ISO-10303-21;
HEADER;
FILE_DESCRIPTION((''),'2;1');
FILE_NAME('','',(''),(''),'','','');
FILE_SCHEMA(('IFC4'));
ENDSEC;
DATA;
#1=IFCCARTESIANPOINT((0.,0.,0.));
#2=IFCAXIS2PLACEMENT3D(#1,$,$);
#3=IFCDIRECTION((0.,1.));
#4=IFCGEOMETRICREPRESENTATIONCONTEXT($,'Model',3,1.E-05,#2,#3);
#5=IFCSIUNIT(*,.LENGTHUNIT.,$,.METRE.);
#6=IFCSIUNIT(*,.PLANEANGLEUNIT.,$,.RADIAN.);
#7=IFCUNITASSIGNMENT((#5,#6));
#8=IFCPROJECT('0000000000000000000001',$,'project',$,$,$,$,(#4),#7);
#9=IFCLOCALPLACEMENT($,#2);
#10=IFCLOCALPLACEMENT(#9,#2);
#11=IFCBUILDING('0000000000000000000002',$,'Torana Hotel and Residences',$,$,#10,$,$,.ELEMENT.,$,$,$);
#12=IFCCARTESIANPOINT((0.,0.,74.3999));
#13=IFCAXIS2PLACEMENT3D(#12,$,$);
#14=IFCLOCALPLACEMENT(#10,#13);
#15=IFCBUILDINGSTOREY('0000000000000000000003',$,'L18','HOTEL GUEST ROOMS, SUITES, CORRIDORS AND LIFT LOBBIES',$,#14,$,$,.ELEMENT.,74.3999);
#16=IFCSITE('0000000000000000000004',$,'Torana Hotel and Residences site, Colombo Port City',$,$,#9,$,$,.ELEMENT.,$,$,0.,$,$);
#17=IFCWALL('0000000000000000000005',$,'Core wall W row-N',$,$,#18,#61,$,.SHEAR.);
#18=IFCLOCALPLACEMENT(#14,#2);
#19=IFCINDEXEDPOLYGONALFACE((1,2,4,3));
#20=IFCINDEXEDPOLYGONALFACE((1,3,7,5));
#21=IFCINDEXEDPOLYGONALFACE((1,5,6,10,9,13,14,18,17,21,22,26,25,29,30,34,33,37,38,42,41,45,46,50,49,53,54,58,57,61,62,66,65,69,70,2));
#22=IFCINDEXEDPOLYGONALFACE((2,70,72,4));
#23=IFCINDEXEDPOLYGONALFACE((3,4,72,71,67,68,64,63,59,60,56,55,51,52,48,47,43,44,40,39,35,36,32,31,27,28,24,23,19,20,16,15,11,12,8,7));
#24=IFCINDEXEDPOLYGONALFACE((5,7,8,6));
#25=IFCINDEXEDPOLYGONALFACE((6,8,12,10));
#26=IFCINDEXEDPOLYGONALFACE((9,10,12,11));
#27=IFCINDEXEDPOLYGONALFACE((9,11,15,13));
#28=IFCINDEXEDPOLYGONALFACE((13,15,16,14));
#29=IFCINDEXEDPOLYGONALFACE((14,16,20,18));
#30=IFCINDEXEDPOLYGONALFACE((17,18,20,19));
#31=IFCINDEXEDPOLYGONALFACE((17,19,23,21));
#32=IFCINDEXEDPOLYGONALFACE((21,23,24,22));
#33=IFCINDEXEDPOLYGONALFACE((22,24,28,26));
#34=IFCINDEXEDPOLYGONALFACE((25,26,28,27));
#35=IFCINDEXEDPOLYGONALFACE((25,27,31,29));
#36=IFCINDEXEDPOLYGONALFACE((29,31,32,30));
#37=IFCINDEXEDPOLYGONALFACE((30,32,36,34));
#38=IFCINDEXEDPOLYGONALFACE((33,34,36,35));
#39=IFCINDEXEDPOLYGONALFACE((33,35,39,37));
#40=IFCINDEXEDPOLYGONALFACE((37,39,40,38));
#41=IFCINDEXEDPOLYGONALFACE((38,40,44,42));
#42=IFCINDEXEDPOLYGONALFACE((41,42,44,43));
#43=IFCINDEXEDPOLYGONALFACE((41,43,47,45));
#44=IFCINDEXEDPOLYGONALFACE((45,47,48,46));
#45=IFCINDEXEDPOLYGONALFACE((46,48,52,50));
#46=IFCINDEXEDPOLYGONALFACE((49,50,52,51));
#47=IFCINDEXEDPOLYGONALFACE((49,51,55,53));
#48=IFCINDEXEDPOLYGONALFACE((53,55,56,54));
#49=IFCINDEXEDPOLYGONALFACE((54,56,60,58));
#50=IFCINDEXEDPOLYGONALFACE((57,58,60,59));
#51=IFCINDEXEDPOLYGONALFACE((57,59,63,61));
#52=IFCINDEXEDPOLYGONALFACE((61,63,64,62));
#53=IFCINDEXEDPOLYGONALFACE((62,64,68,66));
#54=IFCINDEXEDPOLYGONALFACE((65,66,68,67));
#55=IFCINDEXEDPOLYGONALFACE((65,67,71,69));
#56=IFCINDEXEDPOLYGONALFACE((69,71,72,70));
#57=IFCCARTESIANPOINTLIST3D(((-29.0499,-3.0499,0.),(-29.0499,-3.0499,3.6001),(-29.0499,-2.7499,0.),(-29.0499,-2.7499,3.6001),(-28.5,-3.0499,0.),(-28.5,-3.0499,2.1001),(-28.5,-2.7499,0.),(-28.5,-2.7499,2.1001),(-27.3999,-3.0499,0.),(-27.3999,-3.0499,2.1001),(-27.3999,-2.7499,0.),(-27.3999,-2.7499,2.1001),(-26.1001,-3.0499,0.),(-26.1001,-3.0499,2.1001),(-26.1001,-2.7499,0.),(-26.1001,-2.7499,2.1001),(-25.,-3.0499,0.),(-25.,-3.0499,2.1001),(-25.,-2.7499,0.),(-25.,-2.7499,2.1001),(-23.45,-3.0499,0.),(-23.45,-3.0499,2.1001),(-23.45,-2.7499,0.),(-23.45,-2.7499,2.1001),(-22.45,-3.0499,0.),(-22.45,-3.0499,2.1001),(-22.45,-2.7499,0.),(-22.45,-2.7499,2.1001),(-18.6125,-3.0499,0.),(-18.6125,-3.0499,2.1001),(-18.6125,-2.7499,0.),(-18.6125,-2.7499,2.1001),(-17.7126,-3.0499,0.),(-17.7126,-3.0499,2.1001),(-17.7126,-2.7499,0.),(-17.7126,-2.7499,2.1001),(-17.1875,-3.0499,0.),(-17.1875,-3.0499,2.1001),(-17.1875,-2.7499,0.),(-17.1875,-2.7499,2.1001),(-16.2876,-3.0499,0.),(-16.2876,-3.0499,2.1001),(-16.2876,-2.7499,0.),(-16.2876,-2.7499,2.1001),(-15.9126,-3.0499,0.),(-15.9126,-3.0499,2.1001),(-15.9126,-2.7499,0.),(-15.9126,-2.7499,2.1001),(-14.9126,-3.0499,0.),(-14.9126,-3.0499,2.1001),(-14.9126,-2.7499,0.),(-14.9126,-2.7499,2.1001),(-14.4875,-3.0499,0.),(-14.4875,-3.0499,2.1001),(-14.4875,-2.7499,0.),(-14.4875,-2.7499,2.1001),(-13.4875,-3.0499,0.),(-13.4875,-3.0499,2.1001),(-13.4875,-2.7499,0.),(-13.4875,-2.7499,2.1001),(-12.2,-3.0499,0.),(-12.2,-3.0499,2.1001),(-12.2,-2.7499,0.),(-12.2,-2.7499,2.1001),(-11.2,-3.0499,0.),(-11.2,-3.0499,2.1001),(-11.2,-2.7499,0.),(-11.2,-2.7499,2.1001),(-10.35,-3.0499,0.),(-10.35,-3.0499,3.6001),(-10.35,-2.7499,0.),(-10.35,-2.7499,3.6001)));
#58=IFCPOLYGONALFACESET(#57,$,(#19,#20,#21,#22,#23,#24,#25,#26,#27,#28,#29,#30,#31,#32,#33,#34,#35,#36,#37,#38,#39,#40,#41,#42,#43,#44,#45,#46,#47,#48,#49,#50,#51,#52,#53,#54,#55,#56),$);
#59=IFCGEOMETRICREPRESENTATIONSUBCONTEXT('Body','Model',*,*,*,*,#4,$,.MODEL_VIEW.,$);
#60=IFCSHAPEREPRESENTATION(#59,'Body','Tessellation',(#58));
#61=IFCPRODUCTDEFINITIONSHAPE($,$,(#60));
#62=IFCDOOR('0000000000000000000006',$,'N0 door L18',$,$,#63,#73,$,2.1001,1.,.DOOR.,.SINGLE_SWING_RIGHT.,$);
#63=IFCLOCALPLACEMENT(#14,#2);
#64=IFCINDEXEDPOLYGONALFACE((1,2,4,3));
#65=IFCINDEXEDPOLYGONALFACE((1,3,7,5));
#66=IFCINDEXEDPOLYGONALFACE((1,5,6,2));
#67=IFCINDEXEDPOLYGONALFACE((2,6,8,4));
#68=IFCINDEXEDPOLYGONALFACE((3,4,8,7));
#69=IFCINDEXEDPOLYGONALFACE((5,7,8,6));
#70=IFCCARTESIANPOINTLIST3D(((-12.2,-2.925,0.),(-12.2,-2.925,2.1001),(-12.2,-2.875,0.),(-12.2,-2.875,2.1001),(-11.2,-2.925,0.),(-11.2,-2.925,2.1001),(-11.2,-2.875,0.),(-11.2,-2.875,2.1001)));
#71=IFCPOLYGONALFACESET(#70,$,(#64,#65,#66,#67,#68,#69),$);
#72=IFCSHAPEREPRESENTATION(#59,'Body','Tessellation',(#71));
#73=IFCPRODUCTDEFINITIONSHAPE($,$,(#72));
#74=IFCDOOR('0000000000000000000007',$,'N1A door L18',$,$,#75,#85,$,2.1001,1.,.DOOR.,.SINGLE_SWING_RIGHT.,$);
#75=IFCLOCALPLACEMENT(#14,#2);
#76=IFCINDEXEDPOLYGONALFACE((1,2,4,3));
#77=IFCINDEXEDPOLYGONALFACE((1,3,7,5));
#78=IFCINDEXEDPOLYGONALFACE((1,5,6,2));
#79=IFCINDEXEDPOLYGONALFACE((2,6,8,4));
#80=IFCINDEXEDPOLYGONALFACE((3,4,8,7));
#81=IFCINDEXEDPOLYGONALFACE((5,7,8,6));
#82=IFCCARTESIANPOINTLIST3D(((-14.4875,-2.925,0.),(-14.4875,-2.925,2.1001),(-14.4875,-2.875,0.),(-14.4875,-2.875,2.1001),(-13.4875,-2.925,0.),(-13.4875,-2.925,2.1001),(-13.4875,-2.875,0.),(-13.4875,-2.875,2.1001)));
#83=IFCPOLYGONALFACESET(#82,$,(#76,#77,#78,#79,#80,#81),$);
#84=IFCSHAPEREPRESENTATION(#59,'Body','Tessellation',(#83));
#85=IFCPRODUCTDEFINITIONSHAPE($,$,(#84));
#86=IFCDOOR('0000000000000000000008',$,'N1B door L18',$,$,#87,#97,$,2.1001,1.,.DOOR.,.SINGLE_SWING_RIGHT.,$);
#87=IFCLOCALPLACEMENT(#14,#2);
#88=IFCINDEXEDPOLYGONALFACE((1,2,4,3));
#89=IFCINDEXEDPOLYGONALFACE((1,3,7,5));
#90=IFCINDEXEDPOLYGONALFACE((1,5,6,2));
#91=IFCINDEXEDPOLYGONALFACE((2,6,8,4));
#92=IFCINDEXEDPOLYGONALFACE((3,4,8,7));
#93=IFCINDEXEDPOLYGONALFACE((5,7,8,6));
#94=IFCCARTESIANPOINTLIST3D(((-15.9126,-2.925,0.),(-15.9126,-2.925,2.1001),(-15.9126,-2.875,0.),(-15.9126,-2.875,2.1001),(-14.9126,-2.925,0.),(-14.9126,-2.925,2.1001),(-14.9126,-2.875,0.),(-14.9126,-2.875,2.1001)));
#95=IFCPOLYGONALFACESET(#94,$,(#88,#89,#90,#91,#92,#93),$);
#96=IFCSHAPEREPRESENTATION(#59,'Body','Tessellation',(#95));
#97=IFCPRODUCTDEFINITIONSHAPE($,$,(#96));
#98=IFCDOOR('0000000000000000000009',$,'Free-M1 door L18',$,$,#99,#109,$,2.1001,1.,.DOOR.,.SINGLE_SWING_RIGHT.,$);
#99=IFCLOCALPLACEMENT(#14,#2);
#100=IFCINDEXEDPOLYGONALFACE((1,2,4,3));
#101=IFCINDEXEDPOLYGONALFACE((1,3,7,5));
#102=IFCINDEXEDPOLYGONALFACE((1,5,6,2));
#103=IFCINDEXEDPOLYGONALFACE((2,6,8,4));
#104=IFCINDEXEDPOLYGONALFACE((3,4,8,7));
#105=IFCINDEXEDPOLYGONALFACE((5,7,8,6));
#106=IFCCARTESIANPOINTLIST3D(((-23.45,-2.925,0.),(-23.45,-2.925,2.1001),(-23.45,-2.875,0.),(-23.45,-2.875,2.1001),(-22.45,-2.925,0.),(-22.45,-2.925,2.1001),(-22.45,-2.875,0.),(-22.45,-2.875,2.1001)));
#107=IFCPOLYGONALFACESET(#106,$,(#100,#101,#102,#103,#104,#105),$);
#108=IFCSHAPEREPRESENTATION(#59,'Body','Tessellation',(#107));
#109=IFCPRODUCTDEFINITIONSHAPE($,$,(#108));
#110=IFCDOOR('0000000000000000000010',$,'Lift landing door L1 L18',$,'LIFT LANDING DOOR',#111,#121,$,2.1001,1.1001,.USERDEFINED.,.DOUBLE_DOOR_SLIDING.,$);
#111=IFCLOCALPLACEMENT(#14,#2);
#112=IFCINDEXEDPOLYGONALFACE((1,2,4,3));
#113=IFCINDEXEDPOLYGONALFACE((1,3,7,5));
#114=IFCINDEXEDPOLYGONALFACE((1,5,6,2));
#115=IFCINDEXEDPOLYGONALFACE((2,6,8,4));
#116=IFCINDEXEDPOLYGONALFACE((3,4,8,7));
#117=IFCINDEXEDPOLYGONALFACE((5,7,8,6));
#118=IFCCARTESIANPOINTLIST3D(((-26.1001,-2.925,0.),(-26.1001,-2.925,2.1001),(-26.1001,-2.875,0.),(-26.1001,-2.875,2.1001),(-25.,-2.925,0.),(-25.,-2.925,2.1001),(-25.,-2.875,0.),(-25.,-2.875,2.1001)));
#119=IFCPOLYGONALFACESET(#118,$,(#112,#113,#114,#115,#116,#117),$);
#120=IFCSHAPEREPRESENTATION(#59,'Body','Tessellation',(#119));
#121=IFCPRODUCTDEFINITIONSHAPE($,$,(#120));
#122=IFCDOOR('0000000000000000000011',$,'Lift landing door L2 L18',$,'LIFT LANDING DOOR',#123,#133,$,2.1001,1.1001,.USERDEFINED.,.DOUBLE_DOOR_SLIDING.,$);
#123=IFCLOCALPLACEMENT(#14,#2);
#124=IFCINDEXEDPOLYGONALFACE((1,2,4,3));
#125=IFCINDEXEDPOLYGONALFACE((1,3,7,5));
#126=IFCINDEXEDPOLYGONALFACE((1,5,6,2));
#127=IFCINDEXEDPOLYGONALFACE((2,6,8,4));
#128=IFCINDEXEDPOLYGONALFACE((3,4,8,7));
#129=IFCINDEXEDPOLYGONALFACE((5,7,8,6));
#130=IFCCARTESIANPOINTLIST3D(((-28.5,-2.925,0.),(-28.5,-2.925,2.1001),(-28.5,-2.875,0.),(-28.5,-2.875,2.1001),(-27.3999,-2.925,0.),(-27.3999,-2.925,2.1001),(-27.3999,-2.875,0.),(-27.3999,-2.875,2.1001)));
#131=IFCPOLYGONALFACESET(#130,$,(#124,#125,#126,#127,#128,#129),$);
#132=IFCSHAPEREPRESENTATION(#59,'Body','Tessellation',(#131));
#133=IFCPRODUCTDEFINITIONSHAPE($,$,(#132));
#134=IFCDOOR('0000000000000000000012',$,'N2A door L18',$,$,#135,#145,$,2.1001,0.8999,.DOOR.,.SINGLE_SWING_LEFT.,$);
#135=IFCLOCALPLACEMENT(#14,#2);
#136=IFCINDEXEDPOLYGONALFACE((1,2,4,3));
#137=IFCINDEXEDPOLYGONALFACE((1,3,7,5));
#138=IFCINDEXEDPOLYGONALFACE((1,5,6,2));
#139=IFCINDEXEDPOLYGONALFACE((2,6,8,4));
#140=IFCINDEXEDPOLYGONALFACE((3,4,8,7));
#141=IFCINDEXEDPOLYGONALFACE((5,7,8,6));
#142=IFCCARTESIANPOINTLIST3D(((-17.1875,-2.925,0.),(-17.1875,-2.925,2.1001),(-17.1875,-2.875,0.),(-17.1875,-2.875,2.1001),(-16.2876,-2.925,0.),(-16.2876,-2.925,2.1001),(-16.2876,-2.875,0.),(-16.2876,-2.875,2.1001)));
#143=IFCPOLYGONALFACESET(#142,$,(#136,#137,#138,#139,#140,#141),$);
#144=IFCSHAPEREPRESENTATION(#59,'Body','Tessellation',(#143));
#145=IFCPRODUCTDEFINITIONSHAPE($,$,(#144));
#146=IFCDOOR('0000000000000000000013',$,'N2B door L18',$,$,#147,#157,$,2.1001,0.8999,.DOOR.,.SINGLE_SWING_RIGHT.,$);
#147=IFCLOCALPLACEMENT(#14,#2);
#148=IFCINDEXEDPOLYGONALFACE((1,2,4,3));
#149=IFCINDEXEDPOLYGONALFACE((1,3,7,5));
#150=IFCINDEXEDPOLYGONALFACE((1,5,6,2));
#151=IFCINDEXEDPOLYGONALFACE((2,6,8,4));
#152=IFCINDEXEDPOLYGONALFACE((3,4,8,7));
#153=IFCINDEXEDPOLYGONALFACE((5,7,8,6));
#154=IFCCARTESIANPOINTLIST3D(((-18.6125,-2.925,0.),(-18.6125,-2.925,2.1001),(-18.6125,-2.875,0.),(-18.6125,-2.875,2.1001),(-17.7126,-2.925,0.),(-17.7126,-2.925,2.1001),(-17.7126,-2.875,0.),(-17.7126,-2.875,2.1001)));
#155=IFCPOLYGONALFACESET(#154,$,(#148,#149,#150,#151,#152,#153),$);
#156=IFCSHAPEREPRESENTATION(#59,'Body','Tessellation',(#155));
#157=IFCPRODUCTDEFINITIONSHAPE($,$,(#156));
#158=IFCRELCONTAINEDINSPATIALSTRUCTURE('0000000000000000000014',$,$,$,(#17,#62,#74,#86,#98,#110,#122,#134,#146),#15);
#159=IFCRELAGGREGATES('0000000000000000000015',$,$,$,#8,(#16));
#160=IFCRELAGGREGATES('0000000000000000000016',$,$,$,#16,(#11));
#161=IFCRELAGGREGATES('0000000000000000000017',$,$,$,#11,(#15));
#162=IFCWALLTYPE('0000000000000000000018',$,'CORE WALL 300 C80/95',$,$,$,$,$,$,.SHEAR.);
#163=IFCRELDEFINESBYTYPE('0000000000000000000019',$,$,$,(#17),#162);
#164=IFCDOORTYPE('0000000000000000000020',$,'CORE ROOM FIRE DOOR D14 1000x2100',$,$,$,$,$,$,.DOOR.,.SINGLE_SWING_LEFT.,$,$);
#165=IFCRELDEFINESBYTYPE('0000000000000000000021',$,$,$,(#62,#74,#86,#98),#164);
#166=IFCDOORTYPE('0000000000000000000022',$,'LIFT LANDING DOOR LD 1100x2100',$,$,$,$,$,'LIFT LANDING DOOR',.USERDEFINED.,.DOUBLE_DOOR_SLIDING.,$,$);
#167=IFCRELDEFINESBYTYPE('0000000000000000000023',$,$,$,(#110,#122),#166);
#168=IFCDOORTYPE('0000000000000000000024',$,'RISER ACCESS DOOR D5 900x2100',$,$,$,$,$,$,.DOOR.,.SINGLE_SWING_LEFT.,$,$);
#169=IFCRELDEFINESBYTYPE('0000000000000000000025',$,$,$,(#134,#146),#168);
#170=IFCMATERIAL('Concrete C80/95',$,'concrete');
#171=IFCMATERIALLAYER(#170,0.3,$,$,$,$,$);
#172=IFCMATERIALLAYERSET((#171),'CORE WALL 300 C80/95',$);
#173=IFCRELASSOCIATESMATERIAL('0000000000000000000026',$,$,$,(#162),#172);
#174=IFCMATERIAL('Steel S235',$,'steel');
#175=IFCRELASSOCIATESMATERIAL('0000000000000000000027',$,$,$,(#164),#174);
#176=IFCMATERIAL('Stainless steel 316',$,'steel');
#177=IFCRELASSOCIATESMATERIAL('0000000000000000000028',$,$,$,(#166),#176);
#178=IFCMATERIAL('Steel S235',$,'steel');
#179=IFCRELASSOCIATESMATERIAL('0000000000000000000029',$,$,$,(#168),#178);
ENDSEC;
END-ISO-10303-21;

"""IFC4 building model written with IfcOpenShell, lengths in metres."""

from ifc_helpers import new_model, si_unit, direction, frame, frame_2d, origin, place, context, subcontext, project, spatial, rectangle, extrude, material, layer, layer_set, type_object, element, fill, save


model = new_model("IFC4")

# Units and contexts
model_context = context("Model", 3, precision=1e-05, world=origin(), true_north=direction((0.0, 1.0)))
body_context = subcontext(model_context, "Body", "Model", "MODEL_VIEW")
ifc_project = project(units=[si_unit("LENGTHUNIT", "METRE"), si_unit("PLANEANGLEUNIT", "RADIAN")], contexts=[model_context])

# Site, building, storey
site_placement = place(None, origin())
site = spatial("IfcSite", under=ifc_project, at=site_placement, Name="Torana Hotel and Residences site, Colombo Port City", CompositionType="ELEMENT", RefElevation=0.0)
building_placement = place(site_placement, origin())
building = spatial("IfcBuilding", under=site, at=building_placement, Name="Torana Hotel and Residences", CompositionType="ELEMENT")
storey_placement = place(building_placement, frame((0.0, 0.0, 74.3999)))
storey = spatial("IfcBuildingStorey", under=building, at=storey_placement, Name="L18", Description="HOTEL GUEST ROOMS, SUITES, CORRIDORS AND LIFT LOBBIES", CompositionType="ELEMENT", Elevation=74.3999)

# Wall, openings, doors
ifc_material_1 = material(Name="Concrete C80/95", Category="concrete")
ifc_layer_1 = layer(ifc_material_1, 0.3)
ifc_layer_set_1 = layer_set([ifc_layer_1], Name="CORE WALL 300 C80/95")
wall_type_1 = type_object("IfcWallType", Name="CORE WALL 300 C80/95", PredefinedType="SHEAR", material=ifc_layer_set_1)
wall_1_placement = place(storey_placement, frame((-29.05, -2.8999, 0.0), z_axis=(0.0, 0.0, 1.0), x_axis=(1.0, 0.0, 0.0)))
wall_1 = element("IfcWall", 1, at=wall_1_placement, inside=storey, type_object=wall_type_1, Name="Core wall W row-N", PredefinedType="SHEAR", context=body_context, shape_type="SweptSolid", body=[
    extrude(rectangle(XDim=18.7, YDim=0.3, at=frame_2d((9.3501, 0.0))), origin(), (0.0, 0.0, 1.0), 3.6001),
])
opening_1_placement = place(wall_1_placement, frame((2.95, 0.0, 0.0)))
opening_1 = element("IfcOpeningElement", 2, at=opening_1_placement, cuts=wall_1, PredefinedType="OPENING", context=body_context, shape_type="SweptSolid", body=[
    extrude(rectangle(XDim=1.1001, YDim=2.1001, at=frame_2d((0.55, 1.05))), frame((0.0, 0.1599, 0.0), z_axis=(0.0, -1.0, 0.0), x_axis=(1.0, 0.0, 0.0)), (0.0, 0.0, 1.0), 0.3201),
])
opening_2_placement = place(wall_1_placement, frame((0.55, 0.0, 0.0)))
opening_2 = element("IfcOpeningElement", 3, at=opening_2_placement, cuts=wall_1, PredefinedType="OPENING", context=body_context, shape_type="SweptSolid", body=[
    extrude(rectangle(XDim=1.1001, YDim=2.1001, at=frame_2d((0.55, 1.05))), frame((0.0, 0.1599, 0.0), z_axis=(0.0, -1.0, 0.0), x_axis=(1.0, 0.0, 0.0)), (0.0, 0.0, 1.0), 0.3201),
])
opening_3_placement = place(wall_1_placement, frame((11.8625, 0.0, 0.0)))
opening_3 = element("IfcOpeningElement", 4, at=opening_3_placement, cuts=wall_1, PredefinedType="OPENING", context=body_context, shape_type="SweptSolid", body=[
    extrude(rectangle(XDim=0.8999, YDim=2.1001, at=frame_2d((0.45, 1.05))), frame((0.0, 0.1599, 0.0), z_axis=(0.0, -1.0, 0.0), x_axis=(1.0, 0.0, 0.0)), (0.0, 0.0, 1.0), 0.3201),
])
opening_4_placement = place(wall_1_placement, frame((10.4375, 0.0, 0.0)))
opening_4 = element("IfcOpeningElement", 5, at=opening_4_placement, cuts=wall_1, PredefinedType="OPENING", context=body_context, shape_type="SweptSolid", body=[
    extrude(rectangle(XDim=0.8999, YDim=2.1001, at=frame_2d((0.45, 1.05))), frame((0.0, 0.1599, 0.0), z_axis=(0.0, -1.0, 0.0), x_axis=(1.0, 0.0, 0.0)), (0.0, 0.0, 1.0), 0.3201),
])
opening_5_placement = place(wall_1_placement, frame((16.8501, 0.0, 0.0)))
opening_5 = element("IfcOpeningElement", 6, at=opening_5_placement, cuts=wall_1, PredefinedType="OPENING", context=body_context, shape_type="SweptSolid", body=[
    extrude(rectangle(XDim=1.0, YDim=2.1001, at=frame_2d((0.5, 1.05))), frame((0.0, 0.1599, 0.0), z_axis=(0.0, -1.0, 0.0), x_axis=(1.0, 0.0, 0.0)), (0.0, 0.0, 1.0), 0.3201),
])
opening_6_placement = place(wall_1_placement, frame((14.5625, 0.0, 0.0)))
opening_6 = element("IfcOpeningElement", 7, at=opening_6_placement, cuts=wall_1, PredefinedType="OPENING", context=body_context, shape_type="SweptSolid", body=[
    extrude(rectangle(XDim=1.0, YDim=2.1001, at=frame_2d((0.5, 1.05))), frame((0.0, 0.1599, 0.0), z_axis=(0.0, -1.0, 0.0), x_axis=(1.0, 0.0, 0.0)), (0.0, 0.0, 1.0), 0.3201),
])
opening_7_placement = place(wall_1_placement, frame((13.1375, 0.0, 0.0)))
opening_7 = element("IfcOpeningElement", 8, at=opening_7_placement, cuts=wall_1, PredefinedType="OPENING", context=body_context, shape_type="SweptSolid", body=[
    extrude(rectangle(XDim=1.0, YDim=2.1001, at=frame_2d((0.5, 1.05))), frame((0.0, 0.1599, 0.0), z_axis=(0.0, -1.0, 0.0), x_axis=(1.0, 0.0, 0.0)), (0.0, 0.0, 1.0), 0.3201),
])
opening_8_placement = place(wall_1_placement, frame((5.6001, 0.0, 0.0)))
opening_8 = element("IfcOpeningElement", 9, at=opening_8_placement, cuts=wall_1, PredefinedType="OPENING", context=body_context, shape_type="SweptSolid", body=[
    extrude(rectangle(XDim=1.0, YDim=2.1001, at=frame_2d((0.5, 1.05))), frame((0.0, 0.1599, 0.0), z_axis=(0.0, -1.0, 0.0), x_axis=(1.0, 0.0, 0.0)), (0.0, 0.0, 1.0), 0.3201),
])
ifc_material_2 = material(Name="Steel S235", Category="steel")
door_type_1 = type_object("IfcDoorType", Name="CORE ROOM FIRE DOOR D14 1000x2100", OperationType="SINGLE_SWING_LEFT", PredefinedType="DOOR", material=ifc_material_2)
door_1_placement = place(opening_5_placement, origin())
door_1 = element("IfcDoor", 10, at=door_1_placement, inside=storey, type_object=door_type_1, Name="N0 door L18", OperationType="SINGLE_SWING_RIGHT", OverallHeight=2.1001, OverallWidth=1.0, PredefinedType="DOOR", context=body_context, shape_type="SweptSolid", body=[
    extrude(rectangle(XDim=1.0, YDim=2.1001, at=frame_2d((0.5, 1.05))), frame((0.0, 0.0249, 0.0), z_axis=(0.0, -1.0, 0.0), x_axis=(1.0, 0.0, 0.0)), (0.0, 0.0, 1.0), 0.05),
])
fill(opening_5, door_1)
door_2_placement = place(opening_6_placement, origin())
door_2 = element("IfcDoor", 11, at=door_2_placement, inside=storey, type_object=door_type_1, Name="N1A door L18", OperationType="SINGLE_SWING_RIGHT", OverallHeight=2.1001, OverallWidth=1.0, PredefinedType="DOOR", context=body_context, shape_type="SweptSolid", body=[
    extrude(rectangle(XDim=1.0, YDim=2.1001, at=frame_2d((0.5, 1.05))), frame((0.0, 0.0249, 0.0), z_axis=(0.0, -1.0, 0.0), x_axis=(1.0, 0.0, 0.0)), (0.0, 0.0, 1.0), 0.05),
])
fill(opening_6, door_2)
door_3_placement = place(opening_7_placement, origin())
door_3 = element("IfcDoor", 12, at=door_3_placement, inside=storey, type_object=door_type_1, Name="N1B door L18", OperationType="SINGLE_SWING_RIGHT", OverallHeight=2.1001, OverallWidth=1.0, PredefinedType="DOOR", context=body_context, shape_type="SweptSolid", body=[
    extrude(rectangle(XDim=1.0, YDim=2.1001, at=frame_2d((0.5, 1.05))), frame((0.0, 0.0249, 0.0), z_axis=(0.0, -1.0, 0.0), x_axis=(1.0, 0.0, 0.0)), (0.0, 0.0, 1.0), 0.05),
])
fill(opening_7, door_3)
door_4_placement = place(opening_8_placement, origin())
door_4 = element("IfcDoor", 13, at=door_4_placement, inside=storey, type_object=door_type_1, Name="Free-M1 door L18", OperationType="SINGLE_SWING_RIGHT", OverallHeight=2.1001, OverallWidth=1.0, PredefinedType="DOOR", context=body_context, shape_type="SweptSolid", body=[
    extrude(rectangle(XDim=1.0, YDim=2.1001, at=frame_2d((0.5, 1.05))), frame((0.0, 0.0249, 0.0), z_axis=(0.0, -1.0, 0.0), x_axis=(1.0, 0.0, 0.0)), (0.0, 0.0, 1.0), 0.05),
])
fill(opening_8, door_4)
ifc_material_3 = material(Name="Stainless steel 316", Category="steel")
door_type_2 = type_object("IfcDoorType", Name="LIFT LANDING DOOR LD 1100x2100", ElementType="LIFT LANDING DOOR", OperationType="DOUBLE_DOOR_SLIDING", PredefinedType="USERDEFINED", material=ifc_material_3)
door_5_placement = place(opening_1_placement, origin())
door_5 = element("IfcDoor", 14, at=door_5_placement, inside=storey, type_object=door_type_2, Name="Lift landing door L1 L18", ObjectType="LIFT LANDING DOOR", OperationType="DOUBLE_DOOR_SLIDING", OverallHeight=2.1001, OverallWidth=1.1001, PredefinedType="USERDEFINED", context=body_context, shape_type="SweptSolid", body=[
    extrude(rectangle(XDim=1.1001, YDim=2.1001, at=frame_2d((0.55, 1.05))), frame((0.0, 0.0249, 0.0), z_axis=(0.0, -1.0, 0.0), x_axis=(1.0, 0.0, 0.0)), (0.0, 0.0, 1.0), 0.05),
])
fill(opening_1, door_5)
door_6_placement = place(opening_2_placement, origin())
door_6 = element("IfcDoor", 15, at=door_6_placement, inside=storey, type_object=door_type_2, Name="Lift landing door L2 L18", ObjectType="LIFT LANDING DOOR", OperationType="DOUBLE_DOOR_SLIDING", OverallHeight=2.1001, OverallWidth=1.1001, PredefinedType="USERDEFINED", context=body_context, shape_type="SweptSolid", body=[
    extrude(rectangle(XDim=1.1001, YDim=2.1001, at=frame_2d((0.55, 1.05))), frame((0.0, 0.0249, 0.0), z_axis=(0.0, -1.0, 0.0), x_axis=(1.0, 0.0, 0.0)), (0.0, 0.0, 1.0), 0.05),
])
fill(opening_2, door_6)
ifc_material_4 = material(Name="Steel S235", Category="steel")
door_type_3 = type_object("IfcDoorType", Name="RISER ACCESS DOOR D5 900x2100", OperationType="SINGLE_SWING_LEFT", PredefinedType="DOOR", material=ifc_material_4)
door_7_placement = place(opening_3_placement, origin())
door_7 = element("IfcDoor", 16, at=door_7_placement, inside=storey, type_object=door_type_3, Name="N2A door L18", OperationType="SINGLE_SWING_LEFT", OverallHeight=2.1001, OverallWidth=0.8999, PredefinedType="DOOR", context=body_context, shape_type="SweptSolid", body=[
    extrude(rectangle(XDim=0.8999, YDim=2.1001, at=frame_2d((0.45, 1.05))), frame((0.0, 0.0249, 0.0), z_axis=(0.0, -1.0, 0.0), x_axis=(1.0, 0.0, 0.0)), (0.0, 0.0, 1.0), 0.05),
])
fill(opening_3, door_7)
door_8_placement = place(opening_4_placement, origin())
door_8 = element("IfcDoor", 17, at=door_8_placement, inside=storey, type_object=door_type_3, Name="N2B door L18", OperationType="SINGLE_SWING_RIGHT", OverallHeight=2.1001, OverallWidth=0.8999, PredefinedType="DOOR", context=body_context, shape_type="SweptSolid", body=[
    extrude(rectangle(XDim=0.8999, YDim=2.1001, at=frame_2d((0.45, 1.05))), frame((0.0, 0.0249, 0.0), z_axis=(0.0, -1.0, 0.0), x_axis=(1.0, 0.0, 0.0)), (0.0, 0.0, 1.0), 0.05),
])
fill(opening_4, door_8)

save(model, "model.ifc")
